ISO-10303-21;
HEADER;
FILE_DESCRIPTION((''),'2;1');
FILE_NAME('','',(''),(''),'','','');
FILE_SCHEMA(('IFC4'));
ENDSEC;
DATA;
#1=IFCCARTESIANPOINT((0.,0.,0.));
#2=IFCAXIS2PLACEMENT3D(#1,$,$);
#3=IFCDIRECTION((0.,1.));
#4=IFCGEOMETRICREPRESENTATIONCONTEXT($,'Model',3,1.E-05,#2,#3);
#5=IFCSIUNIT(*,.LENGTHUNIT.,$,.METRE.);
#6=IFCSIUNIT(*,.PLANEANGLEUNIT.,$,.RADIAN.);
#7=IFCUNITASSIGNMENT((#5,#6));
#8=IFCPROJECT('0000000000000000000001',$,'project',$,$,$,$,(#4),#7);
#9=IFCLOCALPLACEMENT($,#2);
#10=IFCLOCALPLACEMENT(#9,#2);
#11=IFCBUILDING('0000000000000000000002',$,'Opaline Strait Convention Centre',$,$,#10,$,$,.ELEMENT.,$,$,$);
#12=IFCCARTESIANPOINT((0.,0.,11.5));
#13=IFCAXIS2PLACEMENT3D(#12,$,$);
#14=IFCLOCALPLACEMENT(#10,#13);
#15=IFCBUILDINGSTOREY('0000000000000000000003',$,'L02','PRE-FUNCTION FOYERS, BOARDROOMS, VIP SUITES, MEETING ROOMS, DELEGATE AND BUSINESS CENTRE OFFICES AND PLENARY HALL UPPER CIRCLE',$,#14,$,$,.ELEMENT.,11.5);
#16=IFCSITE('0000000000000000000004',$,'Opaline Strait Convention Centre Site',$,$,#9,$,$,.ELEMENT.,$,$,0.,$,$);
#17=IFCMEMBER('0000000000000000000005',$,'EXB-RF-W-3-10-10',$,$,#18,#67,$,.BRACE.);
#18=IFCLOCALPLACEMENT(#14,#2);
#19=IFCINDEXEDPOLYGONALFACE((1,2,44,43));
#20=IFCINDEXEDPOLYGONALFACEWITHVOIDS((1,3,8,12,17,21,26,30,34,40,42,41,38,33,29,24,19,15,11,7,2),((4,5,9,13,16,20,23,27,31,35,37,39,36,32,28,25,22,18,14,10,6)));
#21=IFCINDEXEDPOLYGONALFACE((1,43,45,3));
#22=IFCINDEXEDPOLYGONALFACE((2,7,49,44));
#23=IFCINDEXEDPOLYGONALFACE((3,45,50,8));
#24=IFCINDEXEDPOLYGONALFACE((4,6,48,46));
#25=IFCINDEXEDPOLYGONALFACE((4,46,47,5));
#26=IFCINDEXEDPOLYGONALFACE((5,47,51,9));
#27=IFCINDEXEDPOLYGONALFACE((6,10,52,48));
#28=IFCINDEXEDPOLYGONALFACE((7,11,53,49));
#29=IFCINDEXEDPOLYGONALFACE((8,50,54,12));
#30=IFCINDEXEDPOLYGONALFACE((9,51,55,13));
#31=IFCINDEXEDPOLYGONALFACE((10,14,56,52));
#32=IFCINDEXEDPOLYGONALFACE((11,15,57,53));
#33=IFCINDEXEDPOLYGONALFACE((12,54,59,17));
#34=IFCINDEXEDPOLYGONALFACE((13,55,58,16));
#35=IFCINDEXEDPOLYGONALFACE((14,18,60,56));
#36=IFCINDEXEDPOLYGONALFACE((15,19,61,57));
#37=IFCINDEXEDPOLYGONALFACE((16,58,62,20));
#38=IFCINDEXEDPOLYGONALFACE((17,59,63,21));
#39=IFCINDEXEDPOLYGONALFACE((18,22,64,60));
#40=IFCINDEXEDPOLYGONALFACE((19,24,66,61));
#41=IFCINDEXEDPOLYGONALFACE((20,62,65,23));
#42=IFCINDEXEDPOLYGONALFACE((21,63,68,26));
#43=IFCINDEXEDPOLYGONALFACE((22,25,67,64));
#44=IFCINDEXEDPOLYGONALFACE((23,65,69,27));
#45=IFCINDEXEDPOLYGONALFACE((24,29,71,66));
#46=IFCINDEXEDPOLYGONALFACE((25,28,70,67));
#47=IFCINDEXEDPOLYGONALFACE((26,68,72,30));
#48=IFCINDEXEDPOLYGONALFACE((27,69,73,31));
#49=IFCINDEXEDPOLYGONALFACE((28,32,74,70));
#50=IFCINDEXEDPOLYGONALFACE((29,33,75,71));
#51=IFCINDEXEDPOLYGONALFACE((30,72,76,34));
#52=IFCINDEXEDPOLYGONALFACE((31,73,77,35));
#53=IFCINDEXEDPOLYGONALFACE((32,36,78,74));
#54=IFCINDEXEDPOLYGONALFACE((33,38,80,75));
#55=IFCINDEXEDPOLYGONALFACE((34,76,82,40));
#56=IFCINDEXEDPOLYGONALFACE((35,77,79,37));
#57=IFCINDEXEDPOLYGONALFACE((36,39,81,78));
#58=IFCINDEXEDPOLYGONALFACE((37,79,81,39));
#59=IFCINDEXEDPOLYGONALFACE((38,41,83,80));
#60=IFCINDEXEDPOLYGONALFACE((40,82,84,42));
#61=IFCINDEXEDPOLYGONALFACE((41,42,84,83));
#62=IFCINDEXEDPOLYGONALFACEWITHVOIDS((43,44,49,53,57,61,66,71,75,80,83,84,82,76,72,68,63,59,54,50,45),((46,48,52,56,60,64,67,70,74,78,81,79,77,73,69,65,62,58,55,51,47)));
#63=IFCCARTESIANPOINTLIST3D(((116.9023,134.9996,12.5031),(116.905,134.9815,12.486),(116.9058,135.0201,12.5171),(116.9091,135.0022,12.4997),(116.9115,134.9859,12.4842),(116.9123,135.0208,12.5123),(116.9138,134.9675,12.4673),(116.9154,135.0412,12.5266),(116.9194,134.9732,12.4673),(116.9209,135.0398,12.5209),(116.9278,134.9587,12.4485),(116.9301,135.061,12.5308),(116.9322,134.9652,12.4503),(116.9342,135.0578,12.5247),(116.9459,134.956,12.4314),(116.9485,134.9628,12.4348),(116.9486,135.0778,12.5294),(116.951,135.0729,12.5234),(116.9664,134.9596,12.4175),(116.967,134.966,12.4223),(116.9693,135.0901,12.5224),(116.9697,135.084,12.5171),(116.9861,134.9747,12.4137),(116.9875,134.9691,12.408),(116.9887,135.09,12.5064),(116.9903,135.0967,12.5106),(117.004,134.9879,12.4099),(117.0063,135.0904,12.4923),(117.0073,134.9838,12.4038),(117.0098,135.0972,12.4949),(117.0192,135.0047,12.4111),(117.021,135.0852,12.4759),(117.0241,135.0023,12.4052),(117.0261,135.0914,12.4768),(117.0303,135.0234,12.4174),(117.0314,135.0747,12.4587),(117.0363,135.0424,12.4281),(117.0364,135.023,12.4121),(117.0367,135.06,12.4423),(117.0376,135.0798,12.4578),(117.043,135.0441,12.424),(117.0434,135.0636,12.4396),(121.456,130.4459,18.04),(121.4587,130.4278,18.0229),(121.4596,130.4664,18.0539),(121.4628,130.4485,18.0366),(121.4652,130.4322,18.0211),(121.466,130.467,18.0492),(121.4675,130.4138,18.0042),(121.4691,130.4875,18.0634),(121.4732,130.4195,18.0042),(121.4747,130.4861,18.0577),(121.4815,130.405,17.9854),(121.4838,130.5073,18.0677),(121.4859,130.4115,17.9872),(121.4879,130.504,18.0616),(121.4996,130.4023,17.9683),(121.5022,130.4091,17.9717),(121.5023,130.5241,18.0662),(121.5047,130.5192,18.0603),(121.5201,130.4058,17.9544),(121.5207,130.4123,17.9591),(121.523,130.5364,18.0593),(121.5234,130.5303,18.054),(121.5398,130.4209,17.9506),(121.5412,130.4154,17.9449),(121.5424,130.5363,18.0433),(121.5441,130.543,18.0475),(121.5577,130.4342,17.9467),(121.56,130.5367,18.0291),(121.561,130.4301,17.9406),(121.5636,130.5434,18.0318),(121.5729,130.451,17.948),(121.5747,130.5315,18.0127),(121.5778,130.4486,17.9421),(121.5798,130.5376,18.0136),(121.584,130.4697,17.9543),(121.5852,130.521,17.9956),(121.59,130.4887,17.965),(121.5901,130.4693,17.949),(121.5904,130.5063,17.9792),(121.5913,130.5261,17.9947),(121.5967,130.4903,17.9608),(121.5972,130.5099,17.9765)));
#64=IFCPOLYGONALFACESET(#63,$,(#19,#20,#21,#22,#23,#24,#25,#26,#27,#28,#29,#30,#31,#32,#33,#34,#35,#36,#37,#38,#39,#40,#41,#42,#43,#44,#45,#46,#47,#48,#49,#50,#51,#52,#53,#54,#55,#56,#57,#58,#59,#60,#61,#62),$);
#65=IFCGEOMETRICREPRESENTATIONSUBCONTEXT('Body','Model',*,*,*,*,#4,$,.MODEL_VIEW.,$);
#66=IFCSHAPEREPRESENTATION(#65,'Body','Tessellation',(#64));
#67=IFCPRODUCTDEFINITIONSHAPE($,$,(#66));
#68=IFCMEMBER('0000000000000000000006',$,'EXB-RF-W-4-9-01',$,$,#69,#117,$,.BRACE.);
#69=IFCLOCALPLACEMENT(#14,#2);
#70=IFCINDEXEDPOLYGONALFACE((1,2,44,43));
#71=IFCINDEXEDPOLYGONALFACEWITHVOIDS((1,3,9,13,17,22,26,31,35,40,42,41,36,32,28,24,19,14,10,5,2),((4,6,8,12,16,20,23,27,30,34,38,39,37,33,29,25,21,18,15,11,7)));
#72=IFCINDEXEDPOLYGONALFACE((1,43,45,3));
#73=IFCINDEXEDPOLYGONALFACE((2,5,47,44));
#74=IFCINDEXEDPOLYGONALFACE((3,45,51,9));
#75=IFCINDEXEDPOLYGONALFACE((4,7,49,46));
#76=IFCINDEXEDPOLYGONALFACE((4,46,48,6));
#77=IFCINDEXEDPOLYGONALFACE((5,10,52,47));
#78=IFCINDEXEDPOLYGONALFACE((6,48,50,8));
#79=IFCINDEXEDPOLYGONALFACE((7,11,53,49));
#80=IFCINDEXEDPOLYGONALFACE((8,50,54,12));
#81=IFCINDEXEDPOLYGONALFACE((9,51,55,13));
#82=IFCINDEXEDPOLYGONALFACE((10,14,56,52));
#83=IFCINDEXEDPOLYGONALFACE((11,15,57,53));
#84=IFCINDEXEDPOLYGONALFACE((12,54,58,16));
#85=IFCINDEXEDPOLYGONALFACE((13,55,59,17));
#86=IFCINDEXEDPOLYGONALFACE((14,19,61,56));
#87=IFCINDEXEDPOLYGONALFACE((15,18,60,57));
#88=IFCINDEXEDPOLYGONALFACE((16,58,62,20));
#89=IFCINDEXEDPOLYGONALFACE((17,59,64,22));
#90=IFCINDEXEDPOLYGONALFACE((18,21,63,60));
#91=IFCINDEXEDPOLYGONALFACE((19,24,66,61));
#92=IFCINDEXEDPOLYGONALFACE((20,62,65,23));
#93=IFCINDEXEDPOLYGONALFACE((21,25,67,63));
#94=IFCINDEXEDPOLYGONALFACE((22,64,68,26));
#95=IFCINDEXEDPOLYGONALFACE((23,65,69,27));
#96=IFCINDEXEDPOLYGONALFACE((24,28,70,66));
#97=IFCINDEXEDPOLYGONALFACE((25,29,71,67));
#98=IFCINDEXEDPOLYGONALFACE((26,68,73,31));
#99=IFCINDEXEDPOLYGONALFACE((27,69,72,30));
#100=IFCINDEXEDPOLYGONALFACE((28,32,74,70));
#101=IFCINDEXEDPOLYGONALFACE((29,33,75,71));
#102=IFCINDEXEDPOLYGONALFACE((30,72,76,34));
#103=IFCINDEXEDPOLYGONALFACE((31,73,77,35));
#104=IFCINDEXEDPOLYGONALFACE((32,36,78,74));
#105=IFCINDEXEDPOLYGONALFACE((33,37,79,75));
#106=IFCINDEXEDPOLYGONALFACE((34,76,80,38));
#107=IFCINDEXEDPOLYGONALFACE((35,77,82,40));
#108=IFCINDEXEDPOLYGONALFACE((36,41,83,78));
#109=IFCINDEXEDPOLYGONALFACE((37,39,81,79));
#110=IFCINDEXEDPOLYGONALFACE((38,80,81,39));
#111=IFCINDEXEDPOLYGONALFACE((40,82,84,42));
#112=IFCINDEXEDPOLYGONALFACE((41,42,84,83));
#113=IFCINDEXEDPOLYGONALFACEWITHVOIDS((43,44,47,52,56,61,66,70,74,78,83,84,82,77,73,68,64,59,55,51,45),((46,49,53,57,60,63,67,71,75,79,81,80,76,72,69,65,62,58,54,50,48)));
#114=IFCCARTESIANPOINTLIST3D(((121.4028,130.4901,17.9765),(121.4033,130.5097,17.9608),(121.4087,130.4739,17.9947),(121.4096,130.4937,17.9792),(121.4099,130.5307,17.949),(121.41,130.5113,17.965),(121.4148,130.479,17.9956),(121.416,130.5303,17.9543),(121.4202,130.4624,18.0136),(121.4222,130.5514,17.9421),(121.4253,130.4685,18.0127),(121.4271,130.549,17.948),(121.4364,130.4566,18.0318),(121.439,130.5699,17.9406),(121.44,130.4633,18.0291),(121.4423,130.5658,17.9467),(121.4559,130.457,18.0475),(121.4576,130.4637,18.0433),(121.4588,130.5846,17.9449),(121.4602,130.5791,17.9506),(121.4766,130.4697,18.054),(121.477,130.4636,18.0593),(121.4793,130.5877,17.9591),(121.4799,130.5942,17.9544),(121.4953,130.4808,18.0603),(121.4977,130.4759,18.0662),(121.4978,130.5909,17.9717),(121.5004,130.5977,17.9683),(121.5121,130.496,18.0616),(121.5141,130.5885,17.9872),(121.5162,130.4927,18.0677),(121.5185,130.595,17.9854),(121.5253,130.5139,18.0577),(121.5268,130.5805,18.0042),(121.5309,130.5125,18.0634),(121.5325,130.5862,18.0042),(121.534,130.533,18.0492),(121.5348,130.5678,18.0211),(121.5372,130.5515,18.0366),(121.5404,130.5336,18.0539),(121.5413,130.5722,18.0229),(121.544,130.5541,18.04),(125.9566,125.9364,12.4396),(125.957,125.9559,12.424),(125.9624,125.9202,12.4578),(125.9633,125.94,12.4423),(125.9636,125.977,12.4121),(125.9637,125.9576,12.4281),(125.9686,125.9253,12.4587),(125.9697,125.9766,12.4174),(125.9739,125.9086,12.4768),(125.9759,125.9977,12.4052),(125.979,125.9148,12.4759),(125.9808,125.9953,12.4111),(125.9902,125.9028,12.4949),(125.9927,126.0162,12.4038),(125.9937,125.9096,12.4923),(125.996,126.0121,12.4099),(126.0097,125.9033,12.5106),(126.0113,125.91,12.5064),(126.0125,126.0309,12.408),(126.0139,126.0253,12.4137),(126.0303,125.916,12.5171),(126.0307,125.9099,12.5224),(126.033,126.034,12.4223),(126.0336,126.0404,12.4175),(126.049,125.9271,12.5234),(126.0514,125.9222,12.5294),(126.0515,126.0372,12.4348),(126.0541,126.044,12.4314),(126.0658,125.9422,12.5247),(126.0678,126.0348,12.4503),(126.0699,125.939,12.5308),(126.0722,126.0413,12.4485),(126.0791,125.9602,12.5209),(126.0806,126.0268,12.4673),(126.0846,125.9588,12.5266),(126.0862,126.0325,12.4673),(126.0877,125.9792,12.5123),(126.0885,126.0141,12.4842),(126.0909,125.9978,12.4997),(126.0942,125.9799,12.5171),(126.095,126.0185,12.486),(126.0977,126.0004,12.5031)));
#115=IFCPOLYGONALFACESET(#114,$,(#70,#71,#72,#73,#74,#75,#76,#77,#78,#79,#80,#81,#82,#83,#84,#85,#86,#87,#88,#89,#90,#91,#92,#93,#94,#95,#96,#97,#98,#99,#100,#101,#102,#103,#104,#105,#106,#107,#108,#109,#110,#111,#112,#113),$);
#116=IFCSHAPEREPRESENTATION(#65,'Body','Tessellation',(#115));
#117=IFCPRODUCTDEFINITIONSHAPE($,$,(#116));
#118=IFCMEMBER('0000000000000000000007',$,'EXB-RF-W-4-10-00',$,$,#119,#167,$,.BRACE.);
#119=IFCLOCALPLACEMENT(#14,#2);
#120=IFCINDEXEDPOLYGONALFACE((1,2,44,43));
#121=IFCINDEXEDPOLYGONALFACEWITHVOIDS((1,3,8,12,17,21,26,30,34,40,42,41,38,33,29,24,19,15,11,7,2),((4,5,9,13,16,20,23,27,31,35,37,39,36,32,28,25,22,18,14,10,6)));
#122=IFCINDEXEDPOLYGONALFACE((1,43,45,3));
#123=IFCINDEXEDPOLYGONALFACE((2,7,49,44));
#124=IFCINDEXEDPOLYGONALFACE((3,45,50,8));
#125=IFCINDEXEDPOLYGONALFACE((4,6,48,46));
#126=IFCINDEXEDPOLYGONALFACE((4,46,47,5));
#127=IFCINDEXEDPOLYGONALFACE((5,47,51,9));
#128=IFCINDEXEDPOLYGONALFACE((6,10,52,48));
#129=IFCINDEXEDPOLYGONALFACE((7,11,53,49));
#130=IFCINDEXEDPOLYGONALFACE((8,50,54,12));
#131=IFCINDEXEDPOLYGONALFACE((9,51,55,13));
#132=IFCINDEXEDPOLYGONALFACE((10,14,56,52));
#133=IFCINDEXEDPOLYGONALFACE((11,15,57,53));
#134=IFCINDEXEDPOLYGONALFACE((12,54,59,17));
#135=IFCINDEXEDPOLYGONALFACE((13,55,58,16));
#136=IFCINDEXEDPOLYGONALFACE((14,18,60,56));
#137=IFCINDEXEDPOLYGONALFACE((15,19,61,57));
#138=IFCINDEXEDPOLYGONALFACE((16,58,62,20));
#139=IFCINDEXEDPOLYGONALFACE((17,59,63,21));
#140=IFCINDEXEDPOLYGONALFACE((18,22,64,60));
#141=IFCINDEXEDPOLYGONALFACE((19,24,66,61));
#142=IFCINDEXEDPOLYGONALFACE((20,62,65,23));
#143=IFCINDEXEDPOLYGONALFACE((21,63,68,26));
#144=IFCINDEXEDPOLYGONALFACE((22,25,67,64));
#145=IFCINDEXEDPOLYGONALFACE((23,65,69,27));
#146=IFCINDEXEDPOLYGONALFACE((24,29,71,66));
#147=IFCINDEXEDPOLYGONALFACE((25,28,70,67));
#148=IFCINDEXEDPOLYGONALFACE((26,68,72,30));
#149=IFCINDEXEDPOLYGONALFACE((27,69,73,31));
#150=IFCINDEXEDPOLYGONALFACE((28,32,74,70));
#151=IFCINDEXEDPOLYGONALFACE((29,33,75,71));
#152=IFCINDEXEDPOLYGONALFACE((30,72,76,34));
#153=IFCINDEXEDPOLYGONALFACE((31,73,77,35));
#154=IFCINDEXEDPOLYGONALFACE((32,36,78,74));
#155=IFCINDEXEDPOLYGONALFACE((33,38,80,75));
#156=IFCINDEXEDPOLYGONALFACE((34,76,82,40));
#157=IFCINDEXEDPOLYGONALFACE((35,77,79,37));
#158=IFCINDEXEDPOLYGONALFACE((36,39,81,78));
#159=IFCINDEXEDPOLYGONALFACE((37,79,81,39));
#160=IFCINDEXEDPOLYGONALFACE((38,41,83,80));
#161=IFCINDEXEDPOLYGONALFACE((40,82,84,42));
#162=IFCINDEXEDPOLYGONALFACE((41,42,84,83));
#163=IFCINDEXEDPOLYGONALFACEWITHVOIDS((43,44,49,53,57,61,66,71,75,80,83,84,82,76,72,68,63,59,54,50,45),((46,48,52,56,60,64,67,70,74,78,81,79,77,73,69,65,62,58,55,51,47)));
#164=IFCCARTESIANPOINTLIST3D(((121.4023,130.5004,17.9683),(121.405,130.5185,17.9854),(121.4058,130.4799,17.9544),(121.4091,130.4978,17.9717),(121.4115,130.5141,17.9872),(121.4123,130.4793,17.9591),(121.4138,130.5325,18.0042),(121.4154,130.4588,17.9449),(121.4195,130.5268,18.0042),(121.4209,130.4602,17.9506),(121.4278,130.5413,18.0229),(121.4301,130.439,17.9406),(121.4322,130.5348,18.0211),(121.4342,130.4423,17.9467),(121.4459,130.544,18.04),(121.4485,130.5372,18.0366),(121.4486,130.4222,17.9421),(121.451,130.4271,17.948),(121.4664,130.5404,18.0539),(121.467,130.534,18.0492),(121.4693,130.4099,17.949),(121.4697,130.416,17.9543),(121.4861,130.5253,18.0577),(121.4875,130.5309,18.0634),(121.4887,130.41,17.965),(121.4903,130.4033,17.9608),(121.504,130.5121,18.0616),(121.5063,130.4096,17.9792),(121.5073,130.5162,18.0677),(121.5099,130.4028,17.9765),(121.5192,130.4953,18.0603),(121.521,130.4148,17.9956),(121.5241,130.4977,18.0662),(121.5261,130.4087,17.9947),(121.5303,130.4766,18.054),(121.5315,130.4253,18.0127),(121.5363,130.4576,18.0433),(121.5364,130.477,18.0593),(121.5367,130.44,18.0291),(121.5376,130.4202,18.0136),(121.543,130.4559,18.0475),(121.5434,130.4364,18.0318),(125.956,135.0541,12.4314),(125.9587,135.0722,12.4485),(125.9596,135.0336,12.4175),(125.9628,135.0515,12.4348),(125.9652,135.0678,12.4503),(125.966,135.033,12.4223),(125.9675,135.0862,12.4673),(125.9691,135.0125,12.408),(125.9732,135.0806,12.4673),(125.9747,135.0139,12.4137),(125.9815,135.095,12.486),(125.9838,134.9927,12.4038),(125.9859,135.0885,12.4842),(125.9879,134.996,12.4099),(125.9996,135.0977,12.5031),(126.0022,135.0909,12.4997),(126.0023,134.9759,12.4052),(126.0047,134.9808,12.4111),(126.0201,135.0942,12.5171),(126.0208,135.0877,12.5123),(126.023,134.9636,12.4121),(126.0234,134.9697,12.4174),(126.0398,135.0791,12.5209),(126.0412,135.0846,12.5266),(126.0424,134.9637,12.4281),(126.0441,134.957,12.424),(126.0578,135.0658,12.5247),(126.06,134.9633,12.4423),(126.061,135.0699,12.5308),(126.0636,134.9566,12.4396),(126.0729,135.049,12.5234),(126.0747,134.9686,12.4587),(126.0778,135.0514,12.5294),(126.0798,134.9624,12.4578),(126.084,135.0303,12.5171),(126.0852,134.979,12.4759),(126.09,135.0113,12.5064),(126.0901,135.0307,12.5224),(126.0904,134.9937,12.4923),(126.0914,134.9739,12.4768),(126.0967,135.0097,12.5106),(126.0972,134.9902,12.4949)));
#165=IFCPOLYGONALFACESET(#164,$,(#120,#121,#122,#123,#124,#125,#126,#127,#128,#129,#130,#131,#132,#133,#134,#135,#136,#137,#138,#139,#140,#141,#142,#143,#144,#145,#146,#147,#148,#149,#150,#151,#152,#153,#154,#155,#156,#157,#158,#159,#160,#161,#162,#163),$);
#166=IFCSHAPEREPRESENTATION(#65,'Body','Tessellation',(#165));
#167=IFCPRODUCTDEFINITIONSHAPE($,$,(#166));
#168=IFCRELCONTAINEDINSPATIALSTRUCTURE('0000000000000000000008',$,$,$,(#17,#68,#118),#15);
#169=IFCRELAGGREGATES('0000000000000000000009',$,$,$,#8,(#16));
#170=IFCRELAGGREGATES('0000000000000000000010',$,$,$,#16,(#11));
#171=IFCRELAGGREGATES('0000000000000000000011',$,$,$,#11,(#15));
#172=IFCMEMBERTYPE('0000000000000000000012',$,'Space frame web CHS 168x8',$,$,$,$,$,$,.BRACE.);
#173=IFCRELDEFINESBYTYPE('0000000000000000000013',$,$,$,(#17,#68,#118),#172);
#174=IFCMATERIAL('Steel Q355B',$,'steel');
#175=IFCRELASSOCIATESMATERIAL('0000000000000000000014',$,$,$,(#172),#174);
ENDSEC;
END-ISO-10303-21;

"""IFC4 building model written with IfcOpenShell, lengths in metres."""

from ifc_helpers import new_model, si_unit, direction, frame, origin, origin_2d, place, context, subcontext, project, spatial, hollow_circle, extrude, material, material_profile, profile_set, type_object, element, save


model = new_model("IFC4")

# Units and contexts
model_context = context("Model", 3, precision=1e-05, world=origin(), true_north=direction((0.0, 1.0)))
body_context = subcontext(model_context, "Body", "Model", "MODEL_VIEW")
ifc_project = project(units=[si_unit("LENGTHUNIT", "METRE"), si_unit("PLANEANGLEUNIT", "RADIAN")], contexts=[model_context])

# Site, building, storey
site_placement = place(None, origin())
site = spatial("IfcSite", under=ifc_project, at=site_placement, Name="Opaline Strait Convention Centre Site", CompositionType="ELEMENT", RefElevation=0.0)
building_placement = place(site_placement, origin())
building = spatial("IfcBuilding", under=site, at=building_placement, Name="Opaline Strait Convention Centre", CompositionType="ELEMENT")
storey_placement = place(building_placement, frame((0.0, 0.0, 11.5)))
storey = spatial("IfcBuildingStorey", under=building, at=storey_placement, Name="L02", Description="PRE-FUNCTION FOYERS, BOARDROOMS, VIP SUITES, MEETING ROOMS, DELEGATE AND BUSINESS CENTRE OFFICES AND PLENARY HALL UPPER CIRCLE", CompositionType="ELEMENT", Elevation=11.5)

# Members
ifc_material = material(Name="Steel Q355B", Category="steel")
ifc_material_profile_1 = material_profile(ifc_material, hollow_circle(Radius=0.084, WallThickness=0.0081, at=origin_2d()), Name="CHS 168x8")
ifc_profile_set_1 = profile_set([ifc_material_profile_1], Name="Steel Q355B")
member_type_1 = type_object("IfcMemberType", Name="Space frame web CHS 168x8", PredefinedType="BRACE", material=ifc_profile_set_1)
for number, where, z_axis, x_axis, name in (
    (1, (121.5269, 130.4731, 18.0042), (-0.536178, 0.536178, -0.65194), (-0.707107, -0.707107, 0.0), "EXB-RF-W-3-10-10"),
    (2, (121.4731, 130.5269, 18.0042), (0.536178, -0.536178, -0.65194), (0.707107, 0.707107, 0.0), "EXB-RF-W-4-9-01"),
    (3, (121.4731, 130.4731, 18.0042), (0.536178, 0.536178, -0.65194), (-0.707107, 0.707107, 0.0), "EXB-RF-W-4-10-00"),
):
    element("IfcMember", number, at=place(storey_placement, frame(where, z_axis=z_axis, x_axis=x_axis)), inside=storey, type_object=member_type_1, Name=name, PredefinedType="BRACE", context=body_context, shape_type="SweptSolid", body=[
        extrude(hollow_circle(Radius=0.084, WallThickness=0.0081, at=origin_2d()), origin(), (0.0, 0.0, 1.0), 8.4929),
    ])

save(model, "model.ifc")
